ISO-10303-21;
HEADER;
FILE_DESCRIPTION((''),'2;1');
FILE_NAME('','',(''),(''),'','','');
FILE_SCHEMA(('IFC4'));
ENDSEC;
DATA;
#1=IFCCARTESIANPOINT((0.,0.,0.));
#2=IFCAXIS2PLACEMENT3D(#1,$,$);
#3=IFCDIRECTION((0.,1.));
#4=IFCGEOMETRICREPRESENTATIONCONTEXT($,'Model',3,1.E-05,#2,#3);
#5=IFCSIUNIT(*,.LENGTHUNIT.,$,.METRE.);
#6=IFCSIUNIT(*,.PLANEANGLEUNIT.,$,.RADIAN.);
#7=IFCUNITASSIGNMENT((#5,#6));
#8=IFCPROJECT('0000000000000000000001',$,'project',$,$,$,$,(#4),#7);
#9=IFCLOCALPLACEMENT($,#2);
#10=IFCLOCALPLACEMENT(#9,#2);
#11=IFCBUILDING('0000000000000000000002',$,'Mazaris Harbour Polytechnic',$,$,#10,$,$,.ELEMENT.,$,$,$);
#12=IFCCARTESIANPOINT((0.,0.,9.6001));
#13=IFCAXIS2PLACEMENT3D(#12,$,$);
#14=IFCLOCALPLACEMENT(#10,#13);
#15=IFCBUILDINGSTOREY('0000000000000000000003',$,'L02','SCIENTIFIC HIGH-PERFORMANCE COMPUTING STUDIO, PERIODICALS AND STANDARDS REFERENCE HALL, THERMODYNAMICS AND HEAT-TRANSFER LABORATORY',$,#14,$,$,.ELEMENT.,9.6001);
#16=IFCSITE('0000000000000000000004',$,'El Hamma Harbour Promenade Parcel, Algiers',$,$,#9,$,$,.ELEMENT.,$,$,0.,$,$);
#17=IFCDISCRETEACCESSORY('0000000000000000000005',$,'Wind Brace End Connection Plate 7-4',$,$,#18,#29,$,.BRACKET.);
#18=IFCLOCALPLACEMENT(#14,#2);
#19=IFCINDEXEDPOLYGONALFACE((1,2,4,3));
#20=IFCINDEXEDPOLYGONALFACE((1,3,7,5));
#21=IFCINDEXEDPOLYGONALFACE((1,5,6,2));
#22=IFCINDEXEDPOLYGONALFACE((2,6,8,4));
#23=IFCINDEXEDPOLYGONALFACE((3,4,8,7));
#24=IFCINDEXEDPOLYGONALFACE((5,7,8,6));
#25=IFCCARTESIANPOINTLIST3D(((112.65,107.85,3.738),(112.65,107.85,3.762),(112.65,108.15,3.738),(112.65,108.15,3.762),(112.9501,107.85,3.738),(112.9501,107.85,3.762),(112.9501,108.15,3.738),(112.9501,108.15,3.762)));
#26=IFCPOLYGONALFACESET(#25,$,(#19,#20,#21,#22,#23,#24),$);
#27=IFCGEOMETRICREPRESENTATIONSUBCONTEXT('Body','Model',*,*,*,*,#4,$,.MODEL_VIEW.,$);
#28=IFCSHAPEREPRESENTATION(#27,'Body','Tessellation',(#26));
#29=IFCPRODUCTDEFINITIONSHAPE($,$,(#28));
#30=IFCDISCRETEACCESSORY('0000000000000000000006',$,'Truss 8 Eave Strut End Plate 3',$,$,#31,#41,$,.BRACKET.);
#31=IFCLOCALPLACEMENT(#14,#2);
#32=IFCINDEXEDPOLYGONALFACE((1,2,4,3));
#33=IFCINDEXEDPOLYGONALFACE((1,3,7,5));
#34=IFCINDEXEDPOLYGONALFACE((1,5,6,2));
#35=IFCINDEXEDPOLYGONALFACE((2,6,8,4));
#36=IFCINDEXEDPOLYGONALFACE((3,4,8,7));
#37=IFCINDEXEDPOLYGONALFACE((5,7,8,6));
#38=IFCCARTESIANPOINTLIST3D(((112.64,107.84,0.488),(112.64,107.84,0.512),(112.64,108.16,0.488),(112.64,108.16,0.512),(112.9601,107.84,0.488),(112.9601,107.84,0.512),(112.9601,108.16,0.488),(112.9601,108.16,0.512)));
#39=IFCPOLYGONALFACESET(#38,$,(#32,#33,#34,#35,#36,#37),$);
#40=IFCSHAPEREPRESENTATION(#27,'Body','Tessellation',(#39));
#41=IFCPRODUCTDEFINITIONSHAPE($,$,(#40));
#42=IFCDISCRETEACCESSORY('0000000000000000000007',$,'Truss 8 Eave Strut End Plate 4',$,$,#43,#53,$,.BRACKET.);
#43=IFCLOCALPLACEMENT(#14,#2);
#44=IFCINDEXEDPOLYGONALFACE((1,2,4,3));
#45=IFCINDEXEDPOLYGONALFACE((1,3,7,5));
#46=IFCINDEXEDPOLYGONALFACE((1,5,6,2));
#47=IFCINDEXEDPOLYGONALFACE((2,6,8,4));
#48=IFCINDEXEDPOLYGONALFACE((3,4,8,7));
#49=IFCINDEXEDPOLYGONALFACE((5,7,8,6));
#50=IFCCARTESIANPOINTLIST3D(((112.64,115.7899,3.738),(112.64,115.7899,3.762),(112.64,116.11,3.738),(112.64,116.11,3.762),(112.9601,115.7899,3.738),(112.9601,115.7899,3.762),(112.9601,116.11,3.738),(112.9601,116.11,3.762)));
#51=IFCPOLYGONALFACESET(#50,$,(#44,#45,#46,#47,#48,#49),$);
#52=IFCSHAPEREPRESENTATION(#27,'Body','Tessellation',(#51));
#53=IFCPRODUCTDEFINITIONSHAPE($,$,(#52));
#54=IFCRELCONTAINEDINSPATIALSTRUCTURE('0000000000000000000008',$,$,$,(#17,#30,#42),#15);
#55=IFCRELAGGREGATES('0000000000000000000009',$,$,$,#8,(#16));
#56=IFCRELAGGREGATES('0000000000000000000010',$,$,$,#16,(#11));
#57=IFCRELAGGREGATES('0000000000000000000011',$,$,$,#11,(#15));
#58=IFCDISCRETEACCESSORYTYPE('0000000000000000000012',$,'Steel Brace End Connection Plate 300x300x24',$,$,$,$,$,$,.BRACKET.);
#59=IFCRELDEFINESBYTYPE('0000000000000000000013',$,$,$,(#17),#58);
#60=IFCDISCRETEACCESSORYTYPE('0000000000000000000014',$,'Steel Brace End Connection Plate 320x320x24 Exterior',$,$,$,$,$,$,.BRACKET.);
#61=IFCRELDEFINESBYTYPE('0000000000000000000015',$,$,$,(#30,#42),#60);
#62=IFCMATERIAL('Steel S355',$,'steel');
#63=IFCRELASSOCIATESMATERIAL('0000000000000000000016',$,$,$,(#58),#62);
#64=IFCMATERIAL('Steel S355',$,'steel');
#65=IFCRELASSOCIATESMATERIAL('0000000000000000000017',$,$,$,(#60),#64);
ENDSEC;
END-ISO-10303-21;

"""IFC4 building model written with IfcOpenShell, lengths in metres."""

from ifc_helpers import new_model, si_unit, direction, frame, origin, origin_2d, place, context, subcontext, project, spatial, rectangle, extrude, material, type_object, element, save


model = new_model("IFC4")

# Units and contexts
model_context = context("Model", 3, precision=1e-05, world=origin(), true_north=direction((0.0, 1.0)))
body_context = subcontext(model_context, "Body", "Model", "MODEL_VIEW")
ifc_project = project(units=[si_unit("LENGTHUNIT", "METRE"), si_unit("PLANEANGLEUNIT", "RADIAN")], contexts=[model_context])

# Site, building, storey
site_placement = place(None, origin())
site = spatial("IfcSite", under=ifc_project, at=site_placement, Name="El Hamma Harbour Promenade Parcel, Algiers", CompositionType="ELEMENT", RefElevation=0.0)
building_placement = place(site_placement, origin())
building = spatial("IfcBuilding", under=site, at=building_placement, Name="Mazaris Harbour Polytechnic", CompositionType="ELEMENT")
storey_placement = place(building_placement, frame((0.0, 0.0, 9.6001)))
storey = spatial("IfcBuildingStorey", under=building, at=storey_placement, Name="L02", Description="SCIENTIFIC HIGH-PERFORMANCE COMPUTING STUDIO, PERIODICALS AND STANDARDS REFERENCE HALL, THERMODYNAMICS AND HEAT-TRANSFER LABORATORY", CompositionType="ELEMENT", Elevation=9.6001)

# Discrete accessories
ifc_material_1 = material(Name="Steel S355", Category="steel")
discrete_accessory_type_1 = type_object("IfcDiscreteAccessoryType", Name="Steel Brace End Connection Plate 300x300x24", PredefinedType="BRACKET", material=ifc_material_1)
discrete_accessory_placement = place(storey_placement, frame((112.8, 108.0, 3.738), z_axis=(0.0, 0.0, 1.0), x_axis=(1.0, 0.0, 0.0)))
element("IfcDiscreteAccessory", 1, at=discrete_accessory_placement, inside=storey, type_object=discrete_accessory_type_1, Name="Wind Brace End Connection Plate 7-4", PredefinedType="BRACKET", context=body_context, shape_type="SweptSolid", body=[
    extrude(rectangle(XDim=0.3, YDim=0.3, at=origin_2d()), origin(), (0.0, 0.0, 1.0), 0.0239),
])
ifc_material_2 = material(Name="Steel S355", Category="steel")
discrete_accessory_type_2 = type_object("IfcDiscreteAccessoryType", Name="Steel Brace End Connection Plate 320x320x24 Exterior", PredefinedType="BRACKET", material=ifc_material_2)
for number, where, z_axis, x_axis, name in (
    (2, (112.8, 108.0, 0.488), (0.0, 0.0, 1.0), (1.0, 0.0, 0.0), "Truss 8 Eave Strut End Plate 3"),
    (3, (112.8, 115.95, 3.738), (0.0, 0.0, 1.0), (1.0, 0.0, 0.0), "Truss 8 Eave Strut End Plate 4"),
):
    element("IfcDiscreteAccessory", number, at=place(storey_placement, frame(where, z_axis=z_axis, x_axis=x_axis)), inside=storey, type_object=discrete_accessory_type_2, Name=name, PredefinedType="BRACKET", context=body_context, shape_type="SweptSolid", body=[
        extrude(rectangle(XDim=0.3201, YDim=0.3201, at=origin_2d()), origin(), (0.0, 0.0, 1.0), 0.0239),
    ])

save(model, "model.ifc")
